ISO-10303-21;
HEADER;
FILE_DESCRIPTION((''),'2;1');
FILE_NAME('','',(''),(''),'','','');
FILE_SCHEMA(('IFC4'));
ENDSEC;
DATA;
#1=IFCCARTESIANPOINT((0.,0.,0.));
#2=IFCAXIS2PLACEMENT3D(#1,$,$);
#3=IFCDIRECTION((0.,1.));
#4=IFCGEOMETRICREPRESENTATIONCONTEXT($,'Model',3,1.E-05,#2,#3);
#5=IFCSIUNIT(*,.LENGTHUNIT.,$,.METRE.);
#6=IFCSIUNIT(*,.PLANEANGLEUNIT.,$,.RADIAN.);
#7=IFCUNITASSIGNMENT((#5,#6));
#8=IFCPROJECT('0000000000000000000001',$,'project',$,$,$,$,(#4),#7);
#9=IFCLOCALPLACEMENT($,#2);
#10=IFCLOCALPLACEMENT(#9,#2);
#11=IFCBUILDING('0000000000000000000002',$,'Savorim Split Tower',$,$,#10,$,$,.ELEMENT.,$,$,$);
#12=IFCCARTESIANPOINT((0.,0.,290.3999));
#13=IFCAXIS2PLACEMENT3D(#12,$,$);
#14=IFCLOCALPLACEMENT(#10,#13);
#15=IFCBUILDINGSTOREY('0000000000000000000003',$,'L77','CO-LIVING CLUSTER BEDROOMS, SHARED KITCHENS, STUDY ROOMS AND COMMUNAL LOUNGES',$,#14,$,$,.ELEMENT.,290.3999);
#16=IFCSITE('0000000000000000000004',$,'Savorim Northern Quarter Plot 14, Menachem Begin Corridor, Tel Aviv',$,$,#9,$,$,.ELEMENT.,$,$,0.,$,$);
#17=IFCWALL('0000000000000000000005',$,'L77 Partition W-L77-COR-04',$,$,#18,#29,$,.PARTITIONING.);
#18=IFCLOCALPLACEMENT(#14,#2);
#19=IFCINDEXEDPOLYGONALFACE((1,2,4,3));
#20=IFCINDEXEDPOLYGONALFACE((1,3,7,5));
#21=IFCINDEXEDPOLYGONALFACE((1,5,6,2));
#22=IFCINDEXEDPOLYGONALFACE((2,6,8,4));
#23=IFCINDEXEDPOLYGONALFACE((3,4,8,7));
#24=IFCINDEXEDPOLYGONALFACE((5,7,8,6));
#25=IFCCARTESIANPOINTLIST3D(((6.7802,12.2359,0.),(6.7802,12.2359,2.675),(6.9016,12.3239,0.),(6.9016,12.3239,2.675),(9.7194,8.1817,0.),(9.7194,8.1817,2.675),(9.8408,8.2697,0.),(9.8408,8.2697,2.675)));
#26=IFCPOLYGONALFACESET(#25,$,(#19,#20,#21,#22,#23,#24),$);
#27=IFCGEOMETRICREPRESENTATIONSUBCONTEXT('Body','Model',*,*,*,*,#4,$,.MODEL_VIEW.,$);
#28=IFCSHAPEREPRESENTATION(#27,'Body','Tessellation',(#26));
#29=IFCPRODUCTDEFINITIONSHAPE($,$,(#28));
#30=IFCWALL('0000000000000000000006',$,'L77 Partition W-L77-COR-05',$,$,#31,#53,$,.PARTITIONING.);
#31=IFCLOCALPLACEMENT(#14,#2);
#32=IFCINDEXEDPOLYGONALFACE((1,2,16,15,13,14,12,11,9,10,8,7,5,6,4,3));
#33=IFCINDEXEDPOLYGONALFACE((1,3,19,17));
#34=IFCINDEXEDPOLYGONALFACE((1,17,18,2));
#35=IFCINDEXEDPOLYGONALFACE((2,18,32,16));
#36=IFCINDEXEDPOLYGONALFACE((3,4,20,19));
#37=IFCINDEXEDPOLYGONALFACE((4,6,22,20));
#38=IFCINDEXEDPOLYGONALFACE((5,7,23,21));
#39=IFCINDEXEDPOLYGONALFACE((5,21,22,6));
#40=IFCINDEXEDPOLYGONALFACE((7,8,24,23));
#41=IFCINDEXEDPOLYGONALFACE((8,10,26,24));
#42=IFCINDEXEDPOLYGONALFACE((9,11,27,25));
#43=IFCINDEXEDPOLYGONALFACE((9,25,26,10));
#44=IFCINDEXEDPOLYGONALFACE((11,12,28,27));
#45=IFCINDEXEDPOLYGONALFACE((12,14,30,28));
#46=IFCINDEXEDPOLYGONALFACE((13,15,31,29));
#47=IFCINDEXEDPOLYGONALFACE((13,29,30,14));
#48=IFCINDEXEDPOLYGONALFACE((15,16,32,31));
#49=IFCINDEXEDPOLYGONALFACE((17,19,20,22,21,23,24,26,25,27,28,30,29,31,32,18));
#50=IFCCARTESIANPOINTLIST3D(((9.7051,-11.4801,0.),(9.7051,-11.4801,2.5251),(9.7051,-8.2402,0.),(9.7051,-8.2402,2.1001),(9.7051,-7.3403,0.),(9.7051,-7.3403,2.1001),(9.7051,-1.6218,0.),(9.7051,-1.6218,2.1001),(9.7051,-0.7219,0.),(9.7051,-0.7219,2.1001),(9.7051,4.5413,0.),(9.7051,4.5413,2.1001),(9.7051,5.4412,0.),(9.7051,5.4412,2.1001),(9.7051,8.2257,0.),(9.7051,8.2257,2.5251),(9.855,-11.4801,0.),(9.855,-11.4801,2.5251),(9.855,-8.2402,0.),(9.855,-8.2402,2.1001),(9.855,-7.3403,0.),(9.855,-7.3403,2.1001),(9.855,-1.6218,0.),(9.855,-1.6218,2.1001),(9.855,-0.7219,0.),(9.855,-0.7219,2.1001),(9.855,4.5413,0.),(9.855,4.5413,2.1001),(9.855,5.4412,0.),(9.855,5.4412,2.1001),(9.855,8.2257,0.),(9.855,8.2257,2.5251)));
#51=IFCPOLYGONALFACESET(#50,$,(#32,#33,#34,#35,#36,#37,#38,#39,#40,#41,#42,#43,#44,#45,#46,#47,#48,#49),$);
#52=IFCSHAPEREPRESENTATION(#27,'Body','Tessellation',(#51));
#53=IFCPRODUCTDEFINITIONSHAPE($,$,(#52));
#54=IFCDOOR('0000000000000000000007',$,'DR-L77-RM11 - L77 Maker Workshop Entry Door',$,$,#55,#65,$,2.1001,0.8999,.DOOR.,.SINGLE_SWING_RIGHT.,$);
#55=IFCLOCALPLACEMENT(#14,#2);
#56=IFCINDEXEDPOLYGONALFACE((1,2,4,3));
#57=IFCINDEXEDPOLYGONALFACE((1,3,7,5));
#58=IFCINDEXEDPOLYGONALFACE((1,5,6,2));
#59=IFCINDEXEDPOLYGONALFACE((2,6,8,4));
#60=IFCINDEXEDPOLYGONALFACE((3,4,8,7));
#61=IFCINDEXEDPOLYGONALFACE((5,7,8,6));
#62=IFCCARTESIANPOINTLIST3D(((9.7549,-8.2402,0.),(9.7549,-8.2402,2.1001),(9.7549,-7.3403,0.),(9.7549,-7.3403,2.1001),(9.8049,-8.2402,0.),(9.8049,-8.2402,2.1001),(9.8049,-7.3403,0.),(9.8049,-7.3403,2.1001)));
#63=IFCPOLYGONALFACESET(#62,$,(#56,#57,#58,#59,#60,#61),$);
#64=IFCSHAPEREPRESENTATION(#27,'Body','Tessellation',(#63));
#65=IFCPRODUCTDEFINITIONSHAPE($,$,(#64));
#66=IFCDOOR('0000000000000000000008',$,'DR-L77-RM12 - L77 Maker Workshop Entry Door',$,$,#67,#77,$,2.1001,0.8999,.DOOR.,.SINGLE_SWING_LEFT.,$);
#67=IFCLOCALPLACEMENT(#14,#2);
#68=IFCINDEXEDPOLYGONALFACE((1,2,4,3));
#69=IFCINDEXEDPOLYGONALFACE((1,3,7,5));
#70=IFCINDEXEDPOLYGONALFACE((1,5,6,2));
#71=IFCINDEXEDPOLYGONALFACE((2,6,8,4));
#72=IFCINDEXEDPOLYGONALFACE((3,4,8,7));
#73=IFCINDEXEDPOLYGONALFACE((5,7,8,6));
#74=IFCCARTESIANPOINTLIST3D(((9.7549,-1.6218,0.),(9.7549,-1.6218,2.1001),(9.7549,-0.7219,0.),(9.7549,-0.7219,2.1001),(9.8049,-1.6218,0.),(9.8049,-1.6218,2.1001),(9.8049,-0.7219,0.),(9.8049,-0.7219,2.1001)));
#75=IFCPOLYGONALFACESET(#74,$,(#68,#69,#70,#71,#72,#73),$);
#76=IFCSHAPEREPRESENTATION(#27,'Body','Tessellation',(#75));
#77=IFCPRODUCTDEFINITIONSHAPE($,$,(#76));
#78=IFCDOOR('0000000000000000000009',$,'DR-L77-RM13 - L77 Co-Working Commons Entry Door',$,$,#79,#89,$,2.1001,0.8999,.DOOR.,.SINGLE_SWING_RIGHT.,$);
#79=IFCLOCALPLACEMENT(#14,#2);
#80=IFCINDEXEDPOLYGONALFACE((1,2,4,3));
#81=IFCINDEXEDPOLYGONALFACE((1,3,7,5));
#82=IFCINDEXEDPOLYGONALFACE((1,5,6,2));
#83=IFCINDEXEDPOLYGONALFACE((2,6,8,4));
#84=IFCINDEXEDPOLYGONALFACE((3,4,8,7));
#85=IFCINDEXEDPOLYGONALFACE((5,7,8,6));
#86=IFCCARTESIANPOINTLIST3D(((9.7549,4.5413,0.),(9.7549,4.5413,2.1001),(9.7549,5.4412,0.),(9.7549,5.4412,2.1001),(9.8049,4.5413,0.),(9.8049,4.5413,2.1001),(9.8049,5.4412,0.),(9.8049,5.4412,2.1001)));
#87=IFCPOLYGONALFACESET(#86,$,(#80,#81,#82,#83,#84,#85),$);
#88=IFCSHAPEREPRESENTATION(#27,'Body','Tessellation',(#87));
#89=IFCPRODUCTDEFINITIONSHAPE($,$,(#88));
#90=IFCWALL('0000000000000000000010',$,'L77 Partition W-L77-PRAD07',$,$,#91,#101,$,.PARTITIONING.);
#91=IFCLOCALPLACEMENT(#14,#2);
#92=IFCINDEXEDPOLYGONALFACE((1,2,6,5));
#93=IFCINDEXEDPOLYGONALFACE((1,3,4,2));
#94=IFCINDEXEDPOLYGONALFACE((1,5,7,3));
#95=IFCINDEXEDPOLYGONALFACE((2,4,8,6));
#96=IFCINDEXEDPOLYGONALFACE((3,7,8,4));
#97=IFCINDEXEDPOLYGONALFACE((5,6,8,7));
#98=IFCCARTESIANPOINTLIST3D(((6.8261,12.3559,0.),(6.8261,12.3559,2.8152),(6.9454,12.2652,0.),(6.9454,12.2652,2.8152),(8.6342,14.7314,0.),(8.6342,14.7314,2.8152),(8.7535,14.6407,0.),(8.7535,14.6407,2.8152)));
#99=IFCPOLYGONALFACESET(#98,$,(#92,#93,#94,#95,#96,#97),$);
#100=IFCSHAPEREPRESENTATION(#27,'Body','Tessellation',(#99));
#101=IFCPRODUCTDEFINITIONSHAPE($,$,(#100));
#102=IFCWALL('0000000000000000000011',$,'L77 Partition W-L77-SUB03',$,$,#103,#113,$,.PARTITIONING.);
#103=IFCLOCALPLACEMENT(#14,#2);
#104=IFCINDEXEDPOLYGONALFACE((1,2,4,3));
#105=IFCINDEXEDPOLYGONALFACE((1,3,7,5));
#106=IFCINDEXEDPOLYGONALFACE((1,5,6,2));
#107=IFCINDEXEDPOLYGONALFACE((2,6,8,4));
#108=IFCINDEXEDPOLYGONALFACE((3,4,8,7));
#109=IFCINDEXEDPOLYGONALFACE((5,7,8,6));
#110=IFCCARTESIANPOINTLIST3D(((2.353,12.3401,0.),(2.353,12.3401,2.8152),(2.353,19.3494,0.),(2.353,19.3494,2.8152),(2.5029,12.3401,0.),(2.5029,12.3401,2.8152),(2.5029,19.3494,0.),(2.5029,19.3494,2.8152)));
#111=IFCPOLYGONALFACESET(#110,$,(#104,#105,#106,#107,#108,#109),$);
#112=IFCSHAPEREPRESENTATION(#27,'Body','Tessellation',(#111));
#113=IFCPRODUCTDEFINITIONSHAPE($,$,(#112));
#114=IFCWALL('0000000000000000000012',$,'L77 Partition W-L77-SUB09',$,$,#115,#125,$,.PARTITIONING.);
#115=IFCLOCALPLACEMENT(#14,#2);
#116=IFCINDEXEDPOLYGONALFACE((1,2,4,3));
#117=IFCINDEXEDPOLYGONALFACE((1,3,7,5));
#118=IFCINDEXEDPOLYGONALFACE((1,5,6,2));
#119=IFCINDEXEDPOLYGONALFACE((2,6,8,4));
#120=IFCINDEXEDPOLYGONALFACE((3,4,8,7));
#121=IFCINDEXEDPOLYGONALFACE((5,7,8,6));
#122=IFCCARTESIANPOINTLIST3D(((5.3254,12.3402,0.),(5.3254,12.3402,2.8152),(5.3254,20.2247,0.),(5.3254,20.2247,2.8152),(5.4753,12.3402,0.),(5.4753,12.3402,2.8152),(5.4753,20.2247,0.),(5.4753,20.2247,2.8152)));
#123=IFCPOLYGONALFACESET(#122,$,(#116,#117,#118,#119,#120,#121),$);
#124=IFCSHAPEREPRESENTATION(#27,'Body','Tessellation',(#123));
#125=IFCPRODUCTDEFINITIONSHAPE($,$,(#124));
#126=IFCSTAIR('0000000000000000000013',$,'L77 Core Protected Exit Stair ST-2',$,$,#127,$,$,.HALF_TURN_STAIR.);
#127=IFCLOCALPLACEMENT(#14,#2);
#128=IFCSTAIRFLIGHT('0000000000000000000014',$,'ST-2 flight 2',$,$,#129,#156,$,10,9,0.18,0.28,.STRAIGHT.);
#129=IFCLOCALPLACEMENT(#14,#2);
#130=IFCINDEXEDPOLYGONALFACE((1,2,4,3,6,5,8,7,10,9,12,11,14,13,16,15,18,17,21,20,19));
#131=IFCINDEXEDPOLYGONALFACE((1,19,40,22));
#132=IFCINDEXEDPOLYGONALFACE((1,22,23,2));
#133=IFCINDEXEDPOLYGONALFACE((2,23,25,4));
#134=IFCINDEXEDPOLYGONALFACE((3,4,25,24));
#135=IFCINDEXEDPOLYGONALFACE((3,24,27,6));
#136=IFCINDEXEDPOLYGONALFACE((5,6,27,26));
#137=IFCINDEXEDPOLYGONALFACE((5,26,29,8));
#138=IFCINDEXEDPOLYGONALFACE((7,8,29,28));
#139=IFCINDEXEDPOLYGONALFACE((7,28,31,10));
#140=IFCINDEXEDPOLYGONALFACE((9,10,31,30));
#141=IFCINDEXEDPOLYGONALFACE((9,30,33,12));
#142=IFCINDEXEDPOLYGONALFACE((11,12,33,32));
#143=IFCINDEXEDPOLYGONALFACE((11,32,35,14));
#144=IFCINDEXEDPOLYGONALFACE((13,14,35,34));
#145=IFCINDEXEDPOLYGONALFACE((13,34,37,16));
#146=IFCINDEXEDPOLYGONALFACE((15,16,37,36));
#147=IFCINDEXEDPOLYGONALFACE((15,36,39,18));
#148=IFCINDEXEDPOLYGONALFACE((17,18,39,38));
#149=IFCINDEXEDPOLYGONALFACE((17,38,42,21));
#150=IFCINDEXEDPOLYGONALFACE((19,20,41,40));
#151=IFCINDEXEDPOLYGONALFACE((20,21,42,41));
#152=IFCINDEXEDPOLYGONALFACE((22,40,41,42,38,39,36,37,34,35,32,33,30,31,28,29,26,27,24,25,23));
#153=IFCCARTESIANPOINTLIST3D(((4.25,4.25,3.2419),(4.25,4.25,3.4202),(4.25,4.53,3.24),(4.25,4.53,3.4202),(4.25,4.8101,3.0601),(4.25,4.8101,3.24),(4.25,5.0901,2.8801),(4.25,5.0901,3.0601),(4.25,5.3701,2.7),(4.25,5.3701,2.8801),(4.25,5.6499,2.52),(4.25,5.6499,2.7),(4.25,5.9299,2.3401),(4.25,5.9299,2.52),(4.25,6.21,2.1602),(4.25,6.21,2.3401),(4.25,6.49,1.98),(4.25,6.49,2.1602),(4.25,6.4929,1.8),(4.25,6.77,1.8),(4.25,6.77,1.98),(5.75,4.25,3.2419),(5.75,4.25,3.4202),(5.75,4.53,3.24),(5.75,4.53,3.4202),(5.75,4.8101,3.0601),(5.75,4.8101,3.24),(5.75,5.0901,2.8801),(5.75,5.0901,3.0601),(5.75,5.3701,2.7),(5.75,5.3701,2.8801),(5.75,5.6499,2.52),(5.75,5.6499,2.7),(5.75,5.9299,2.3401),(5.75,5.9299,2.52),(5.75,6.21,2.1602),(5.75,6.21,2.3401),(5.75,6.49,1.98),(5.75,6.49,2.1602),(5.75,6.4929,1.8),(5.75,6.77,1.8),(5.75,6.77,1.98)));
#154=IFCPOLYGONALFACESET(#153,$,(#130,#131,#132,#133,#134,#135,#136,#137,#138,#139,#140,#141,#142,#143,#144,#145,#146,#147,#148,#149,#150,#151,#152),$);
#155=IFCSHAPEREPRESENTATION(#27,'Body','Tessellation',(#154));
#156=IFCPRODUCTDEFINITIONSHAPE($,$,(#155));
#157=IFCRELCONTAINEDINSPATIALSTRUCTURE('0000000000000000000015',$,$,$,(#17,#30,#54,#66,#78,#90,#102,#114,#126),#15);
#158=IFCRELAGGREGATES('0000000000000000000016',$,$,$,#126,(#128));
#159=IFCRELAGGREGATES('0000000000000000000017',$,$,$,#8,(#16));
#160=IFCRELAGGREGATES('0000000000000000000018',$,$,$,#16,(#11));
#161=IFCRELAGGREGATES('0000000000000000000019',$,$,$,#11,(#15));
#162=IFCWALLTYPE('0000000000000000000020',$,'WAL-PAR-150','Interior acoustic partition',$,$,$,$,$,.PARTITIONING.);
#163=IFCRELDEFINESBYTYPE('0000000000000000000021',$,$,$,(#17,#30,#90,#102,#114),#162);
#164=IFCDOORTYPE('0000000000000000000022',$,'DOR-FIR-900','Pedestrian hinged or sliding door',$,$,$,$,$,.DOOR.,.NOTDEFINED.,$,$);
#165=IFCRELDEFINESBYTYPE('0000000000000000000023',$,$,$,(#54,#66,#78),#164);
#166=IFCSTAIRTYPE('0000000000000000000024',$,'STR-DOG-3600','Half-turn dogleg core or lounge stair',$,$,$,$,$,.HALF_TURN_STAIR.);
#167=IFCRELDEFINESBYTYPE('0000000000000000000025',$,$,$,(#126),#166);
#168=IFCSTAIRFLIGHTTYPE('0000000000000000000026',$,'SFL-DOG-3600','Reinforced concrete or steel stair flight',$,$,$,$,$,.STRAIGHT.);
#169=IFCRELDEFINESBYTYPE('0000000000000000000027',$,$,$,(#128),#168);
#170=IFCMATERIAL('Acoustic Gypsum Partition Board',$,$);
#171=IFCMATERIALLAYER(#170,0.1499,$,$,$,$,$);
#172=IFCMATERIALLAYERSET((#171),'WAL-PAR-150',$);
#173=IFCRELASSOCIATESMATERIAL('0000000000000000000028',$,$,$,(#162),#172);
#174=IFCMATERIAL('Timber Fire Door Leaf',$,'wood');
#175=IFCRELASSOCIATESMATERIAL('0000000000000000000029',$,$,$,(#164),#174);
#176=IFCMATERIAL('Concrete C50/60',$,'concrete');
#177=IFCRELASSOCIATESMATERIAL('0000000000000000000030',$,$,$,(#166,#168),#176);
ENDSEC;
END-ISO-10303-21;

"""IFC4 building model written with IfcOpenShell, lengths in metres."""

from ifc_helpers import new_model, si_unit, direction, frame, frame_2d, origin, place, context, subcontext, project, spatial, polyline, rectangle, outline, extrude, material, layer, layer_set, type_object, element, fill, aggregate, save


model = new_model("IFC4")

# Units and contexts
model_context = context("Model", 3, precision=1e-05, world=origin(), true_north=direction((0.0, 1.0)))
body_context = subcontext(model_context, "Body", "Model", "MODEL_VIEW")
ifc_project = project(units=[si_unit("LENGTHUNIT", "METRE"), si_unit("PLANEANGLEUNIT", "RADIAN")], contexts=[model_context])

# Site, building, storey
site_placement = place(None, origin())
site = spatial("IfcSite", under=ifc_project, at=site_placement, Name="Savorim Northern Quarter Plot 14, Menachem Begin Corridor, Tel Aviv", CompositionType="ELEMENT", RefElevation=0.0)
building_placement = place(site_placement, origin())
building = spatial("IfcBuilding", under=site, at=building_placement, Name="Savorim Split Tower", CompositionType="ELEMENT")
storey_placement = place(building_placement, frame((0.0, 0.0, 290.3999)))
storey = spatial("IfcBuildingStorey", under=building, at=storey_placement, Name="L77", Description="CO-LIVING CLUSTER BEDROOMS, SHARED KITCHENS, STUDY ROOMS AND COMMUNAL LOUNGES", CompositionType="ELEMENT", Elevation=290.3999)

# Shared definitions
ifc_material_1 = material(Name="Timber Fire Door Leaf", Category="wood")

# Wall
ifc_material_2 = material(Name="Acoustic Gypsum Partition Board")
ifc_layer_1 = layer(ifc_material_2, 0.1499)
ifc_layer_set_1 = layer_set([ifc_layer_1], Name="WAL-PAR-150")
wall_type_1 = type_object("IfcWallType", Name="WAL-PAR-150", Description="Interior acoustic partition", PredefinedType="PARTITIONING", material=ifc_layer_set_1)
wall_1_placement = place(storey_placement, frame((6.8408, 12.28, 0.0), z_axis=(0.0, 0.0, 1.0), x_axis=(0.586956, -0.809619, 0.0)))
element("IfcWall", 1, at=wall_1_placement, inside=storey, type_object=wall_type_1, Name="L77 Partition W-L77-COR-04", PredefinedType="PARTITIONING", context=body_context, shape_type="SweptSolid", body=[
    extrude(rectangle(XDim=5.0076, YDim=0.1499, at=frame_2d((2.5039, 0.0))), origin(), (0.0, 0.0, 1.0), 2.675),
])

# Wall, openings, doors
wall_2_placement = place(storey_placement, frame((9.78, 8.2258, 0.0), z_axis=(0.0, 0.0, 1.0), x_axis=(0.0, -1.0, 0.0)))
wall_2 = element("IfcWall", 2, at=wall_2_placement, inside=storey, type_object=wall_type_1, Name="L77 Partition W-L77-COR-05", PredefinedType="PARTITIONING", context=body_context, shape_type="SweptSolid", body=[
    extrude(rectangle(XDim=19.7058, YDim=0.1499, at=frame_2d((9.853, 0.0))), origin(), (0.0, 0.0, 1.0), 2.5251),
])
opening_1_placement = place(wall_2_placement, frame((15.5662, 0.0, 0.0)))
opening_1 = element("IfcOpeningElement", 3, at=opening_1_placement, cuts=wall_2, PredefinedType="OPENING", context=body_context, shape_type="SweptSolid", body=[
    extrude(rectangle(XDim=0.8999, YDim=2.1001, at=frame_2d((0.45, 1.05))), frame((0.0, 0.085, 0.0), z_axis=(0.0, -1.0, 0.0), x_axis=(1.0, 0.0, 0.0)), (0.0, 0.0, 1.0), 0.1699),
])
opening_2_placement = place(wall_2_placement, frame((8.9478, 0.0, 0.0)))
opening_2 = element("IfcOpeningElement", 4, at=opening_2_placement, cuts=wall_2, PredefinedType="OPENING", context=body_context, shape_type="SweptSolid", body=[
    extrude(rectangle(XDim=0.8999, YDim=2.1001, at=frame_2d((0.45, 1.05))), frame((0.0, 0.085, 0.0), z_axis=(0.0, -1.0, 0.0), x_axis=(1.0, 0.0, 0.0)), (0.0, 0.0, 1.0), 0.1699),
])
opening_3_placement = place(wall_2_placement, frame((2.7847, 0.0, 0.0)))
opening_3 = element("IfcOpeningElement", 5, at=opening_3_placement, cuts=wall_2, PredefinedType="OPENING", context=body_context, shape_type="SweptSolid", body=[
    extrude(rectangle(XDim=0.8999, YDim=2.1001, at=frame_2d((0.45, 1.05))), frame((0.0, 0.085, 0.0), z_axis=(0.0, -1.0, 0.0), x_axis=(1.0, 0.0, 0.0)), (0.0, 0.0, 1.0), 0.1699),
])
door_type_1 = type_object("IfcDoorType", Name="DOR-FIR-900", Description="Pedestrian hinged or sliding door", OperationType="NOTDEFINED", PredefinedType="DOOR", material=ifc_material_1)
door_1_placement = place(opening_1_placement, origin())
door_1 = element("IfcDoor", 6, at=door_1_placement, inside=storey, type_object=door_type_1, Name="DR-L77-RM11 - L77 Maker Workshop Entry Door", OperationType="SINGLE_SWING_RIGHT", OverallHeight=2.1001, OverallWidth=0.8999, PredefinedType="DOOR", context=body_context, shape_type="SweptSolid", body=[
    extrude(rectangle(XDim=0.8999, YDim=2.1001, at=frame_2d((0.45, 1.05))), frame((0.0, 0.0249, 0.0), z_axis=(0.0, -1.0, 0.0), x_axis=(1.0, 0.0, 0.0)), (0.0, 0.0, 1.0), 0.05),
])
fill(opening_1, door_1)
door_2_placement = place(opening_2_placement, origin())
door_2 = element("IfcDoor", 7, at=door_2_placement, inside=storey, type_object=door_type_1, Name="DR-L77-RM12 - L77 Maker Workshop Entry Door", OperationType="SINGLE_SWING_LEFT", OverallHeight=2.1001, OverallWidth=0.8999, PredefinedType="DOOR", context=body_context, shape_type="SweptSolid", body=[
    extrude(rectangle(XDim=0.8999, YDim=2.1001, at=frame_2d((0.45, 1.05))), frame((0.0, 0.0249, 0.0), z_axis=(0.0, -1.0, 0.0), x_axis=(1.0, 0.0, 0.0)), (0.0, 0.0, 1.0), 0.05),
])
fill(opening_2, door_2)
door_3_placement = place(opening_3_placement, origin())
door_3 = element("IfcDoor", 8, at=door_3_placement, inside=storey, type_object=door_type_1, Name="DR-L77-RM13 - L77 Co-Working Commons Entry Door", OperationType="SINGLE_SWING_RIGHT", OverallHeight=2.1001, OverallWidth=0.8999, PredefinedType="DOOR", context=body_context, shape_type="SweptSolid", body=[
    extrude(rectangle(XDim=0.8999, YDim=2.1001, at=frame_2d((0.45, 1.05))), frame((0.0, 0.0249, 0.0), z_axis=(0.0, -1.0, 0.0), x_axis=(1.0, 0.0, 0.0)), (0.0, 0.0, 1.0), 0.05),
])
fill(opening_3, door_3)

# Walls
wall_3_placement = place(storey_placement, frame((6.8857, 12.3105, 0.0), z_axis=(0.0, 0.0, 1.0), x_axis=(0.605664, 0.795721, 0.0)))
element("IfcWall", 9, at=wall_3_placement, inside=storey, type_object=wall_type_1, Name="L77 Partition W-L77-PRAD07", PredefinedType="PARTITIONING", context=body_context, shape_type="SweptSolid", body=[
    extrude(rectangle(XDim=2.9854, YDim=0.1499, at=frame_2d((1.4927, 0.0))), origin(), (0.0, 0.0, 1.0), 2.8152),
])
wall_4_placement = place(storey_placement, frame((2.428, 12.3401, 0.0), z_axis=(0.0, 0.0, 1.0), x_axis=(0.0, 1.0, 0.0)))
element("IfcWall", 10, at=wall_4_placement, inside=storey, type_object=wall_type_1, Name="L77 Partition W-L77-SUB03", PredefinedType="PARTITIONING", context=body_context, shape_type="SweptSolid", body=[
    extrude(rectangle(XDim=7.0093, YDim=0.1499, at=frame_2d((3.5046, 0.0))), origin(), (0.0, 0.0, 1.0), 2.8152),
])
wall_5_placement = place(storey_placement, frame((5.4004, 12.3401, 0.0), z_axis=(0.0, 0.0, 1.0), x_axis=(0.0, 1.0, 0.0)))
element("IfcWall", 11, at=wall_5_placement, inside=storey, type_object=wall_type_1, Name="L77 Partition W-L77-SUB09", PredefinedType="PARTITIONING", context=body_context, shape_type="SweptSolid", body=[
    extrude(rectangle(XDim=7.8845, YDim=0.1499, at=frame_2d((3.9424, 0.0))), origin(), (0.0, 0.0, 1.0), 2.8152),
])

# Stair, stair flight
ifc_material_3 = material(Name="Concrete C50/60", Category="concrete")
stair_type = type_object("IfcStairType", Name="STR-DOG-3600", Description="Half-turn dogleg core or lounge stair", PredefinedType="HALF_TURN_STAIR", material=ifc_material_3)
stair_placement = place(storey_placement, origin())
stair = element("IfcStair", 12, at=stair_placement, inside=storey, type_object=stair_type, Name="L77 Core Protected Exit Stair ST-2", PredefinedType="HALF_TURN_STAIR")
stair_flight_type = type_object("IfcStairFlightType", Name="SFL-DOG-3600", Description="Reinforced concrete or steel stair flight", PredefinedType="STRAIGHT", material=ifc_material_3)
stair_flight_placement = place(storey_placement, frame((5.0, 6.77, 1.8), z_axis=(0.0, 0.0, 1.0), x_axis=(0.0, -1.0, 0.0)))
stair_flight = element("IfcStairFlight", 13, at=stair_flight_placement, type_object=stair_flight_type, Name="ST-2 flight 2", NumberOfRisers=10, NumberOfTreads=9, PredefinedType="STRAIGHT", RiserHeight=0.18, TreadLength=0.28, context=body_context, shape_type="SweptSolid", body=[
    extrude(outline(polyline([(0.0, 0.0), (0.0, 0.1799), (0.28, 0.1799), (0.28, 0.3601), (0.5601, 0.3601), (0.5601, 0.54), (0.8401, 0.54), (0.8401, 0.72), (1.1201, 0.72), (1.1201, 0.8999), (1.3999, 0.8999), (1.3999, 1.0801), (1.6799, 1.0801), (1.6799, 1.26), (1.96, 1.26), (1.96, 1.4399), (2.24, 1.4399), (2.24, 1.6201), (2.52, 1.6201), (2.52, 1.8), (2.52, 1.4419), (0.2771, 0.0), (0.0, 0.0)])), frame((0.0, 0.75, 0.0), z_axis=(0.0, -1.0, 0.0), x_axis=(1.0, 0.0, 0.0)), (0.0, 0.0, 1.0), 1.5),
])
aggregate(stair, [stair_flight])

save(model, "model.ifc")
